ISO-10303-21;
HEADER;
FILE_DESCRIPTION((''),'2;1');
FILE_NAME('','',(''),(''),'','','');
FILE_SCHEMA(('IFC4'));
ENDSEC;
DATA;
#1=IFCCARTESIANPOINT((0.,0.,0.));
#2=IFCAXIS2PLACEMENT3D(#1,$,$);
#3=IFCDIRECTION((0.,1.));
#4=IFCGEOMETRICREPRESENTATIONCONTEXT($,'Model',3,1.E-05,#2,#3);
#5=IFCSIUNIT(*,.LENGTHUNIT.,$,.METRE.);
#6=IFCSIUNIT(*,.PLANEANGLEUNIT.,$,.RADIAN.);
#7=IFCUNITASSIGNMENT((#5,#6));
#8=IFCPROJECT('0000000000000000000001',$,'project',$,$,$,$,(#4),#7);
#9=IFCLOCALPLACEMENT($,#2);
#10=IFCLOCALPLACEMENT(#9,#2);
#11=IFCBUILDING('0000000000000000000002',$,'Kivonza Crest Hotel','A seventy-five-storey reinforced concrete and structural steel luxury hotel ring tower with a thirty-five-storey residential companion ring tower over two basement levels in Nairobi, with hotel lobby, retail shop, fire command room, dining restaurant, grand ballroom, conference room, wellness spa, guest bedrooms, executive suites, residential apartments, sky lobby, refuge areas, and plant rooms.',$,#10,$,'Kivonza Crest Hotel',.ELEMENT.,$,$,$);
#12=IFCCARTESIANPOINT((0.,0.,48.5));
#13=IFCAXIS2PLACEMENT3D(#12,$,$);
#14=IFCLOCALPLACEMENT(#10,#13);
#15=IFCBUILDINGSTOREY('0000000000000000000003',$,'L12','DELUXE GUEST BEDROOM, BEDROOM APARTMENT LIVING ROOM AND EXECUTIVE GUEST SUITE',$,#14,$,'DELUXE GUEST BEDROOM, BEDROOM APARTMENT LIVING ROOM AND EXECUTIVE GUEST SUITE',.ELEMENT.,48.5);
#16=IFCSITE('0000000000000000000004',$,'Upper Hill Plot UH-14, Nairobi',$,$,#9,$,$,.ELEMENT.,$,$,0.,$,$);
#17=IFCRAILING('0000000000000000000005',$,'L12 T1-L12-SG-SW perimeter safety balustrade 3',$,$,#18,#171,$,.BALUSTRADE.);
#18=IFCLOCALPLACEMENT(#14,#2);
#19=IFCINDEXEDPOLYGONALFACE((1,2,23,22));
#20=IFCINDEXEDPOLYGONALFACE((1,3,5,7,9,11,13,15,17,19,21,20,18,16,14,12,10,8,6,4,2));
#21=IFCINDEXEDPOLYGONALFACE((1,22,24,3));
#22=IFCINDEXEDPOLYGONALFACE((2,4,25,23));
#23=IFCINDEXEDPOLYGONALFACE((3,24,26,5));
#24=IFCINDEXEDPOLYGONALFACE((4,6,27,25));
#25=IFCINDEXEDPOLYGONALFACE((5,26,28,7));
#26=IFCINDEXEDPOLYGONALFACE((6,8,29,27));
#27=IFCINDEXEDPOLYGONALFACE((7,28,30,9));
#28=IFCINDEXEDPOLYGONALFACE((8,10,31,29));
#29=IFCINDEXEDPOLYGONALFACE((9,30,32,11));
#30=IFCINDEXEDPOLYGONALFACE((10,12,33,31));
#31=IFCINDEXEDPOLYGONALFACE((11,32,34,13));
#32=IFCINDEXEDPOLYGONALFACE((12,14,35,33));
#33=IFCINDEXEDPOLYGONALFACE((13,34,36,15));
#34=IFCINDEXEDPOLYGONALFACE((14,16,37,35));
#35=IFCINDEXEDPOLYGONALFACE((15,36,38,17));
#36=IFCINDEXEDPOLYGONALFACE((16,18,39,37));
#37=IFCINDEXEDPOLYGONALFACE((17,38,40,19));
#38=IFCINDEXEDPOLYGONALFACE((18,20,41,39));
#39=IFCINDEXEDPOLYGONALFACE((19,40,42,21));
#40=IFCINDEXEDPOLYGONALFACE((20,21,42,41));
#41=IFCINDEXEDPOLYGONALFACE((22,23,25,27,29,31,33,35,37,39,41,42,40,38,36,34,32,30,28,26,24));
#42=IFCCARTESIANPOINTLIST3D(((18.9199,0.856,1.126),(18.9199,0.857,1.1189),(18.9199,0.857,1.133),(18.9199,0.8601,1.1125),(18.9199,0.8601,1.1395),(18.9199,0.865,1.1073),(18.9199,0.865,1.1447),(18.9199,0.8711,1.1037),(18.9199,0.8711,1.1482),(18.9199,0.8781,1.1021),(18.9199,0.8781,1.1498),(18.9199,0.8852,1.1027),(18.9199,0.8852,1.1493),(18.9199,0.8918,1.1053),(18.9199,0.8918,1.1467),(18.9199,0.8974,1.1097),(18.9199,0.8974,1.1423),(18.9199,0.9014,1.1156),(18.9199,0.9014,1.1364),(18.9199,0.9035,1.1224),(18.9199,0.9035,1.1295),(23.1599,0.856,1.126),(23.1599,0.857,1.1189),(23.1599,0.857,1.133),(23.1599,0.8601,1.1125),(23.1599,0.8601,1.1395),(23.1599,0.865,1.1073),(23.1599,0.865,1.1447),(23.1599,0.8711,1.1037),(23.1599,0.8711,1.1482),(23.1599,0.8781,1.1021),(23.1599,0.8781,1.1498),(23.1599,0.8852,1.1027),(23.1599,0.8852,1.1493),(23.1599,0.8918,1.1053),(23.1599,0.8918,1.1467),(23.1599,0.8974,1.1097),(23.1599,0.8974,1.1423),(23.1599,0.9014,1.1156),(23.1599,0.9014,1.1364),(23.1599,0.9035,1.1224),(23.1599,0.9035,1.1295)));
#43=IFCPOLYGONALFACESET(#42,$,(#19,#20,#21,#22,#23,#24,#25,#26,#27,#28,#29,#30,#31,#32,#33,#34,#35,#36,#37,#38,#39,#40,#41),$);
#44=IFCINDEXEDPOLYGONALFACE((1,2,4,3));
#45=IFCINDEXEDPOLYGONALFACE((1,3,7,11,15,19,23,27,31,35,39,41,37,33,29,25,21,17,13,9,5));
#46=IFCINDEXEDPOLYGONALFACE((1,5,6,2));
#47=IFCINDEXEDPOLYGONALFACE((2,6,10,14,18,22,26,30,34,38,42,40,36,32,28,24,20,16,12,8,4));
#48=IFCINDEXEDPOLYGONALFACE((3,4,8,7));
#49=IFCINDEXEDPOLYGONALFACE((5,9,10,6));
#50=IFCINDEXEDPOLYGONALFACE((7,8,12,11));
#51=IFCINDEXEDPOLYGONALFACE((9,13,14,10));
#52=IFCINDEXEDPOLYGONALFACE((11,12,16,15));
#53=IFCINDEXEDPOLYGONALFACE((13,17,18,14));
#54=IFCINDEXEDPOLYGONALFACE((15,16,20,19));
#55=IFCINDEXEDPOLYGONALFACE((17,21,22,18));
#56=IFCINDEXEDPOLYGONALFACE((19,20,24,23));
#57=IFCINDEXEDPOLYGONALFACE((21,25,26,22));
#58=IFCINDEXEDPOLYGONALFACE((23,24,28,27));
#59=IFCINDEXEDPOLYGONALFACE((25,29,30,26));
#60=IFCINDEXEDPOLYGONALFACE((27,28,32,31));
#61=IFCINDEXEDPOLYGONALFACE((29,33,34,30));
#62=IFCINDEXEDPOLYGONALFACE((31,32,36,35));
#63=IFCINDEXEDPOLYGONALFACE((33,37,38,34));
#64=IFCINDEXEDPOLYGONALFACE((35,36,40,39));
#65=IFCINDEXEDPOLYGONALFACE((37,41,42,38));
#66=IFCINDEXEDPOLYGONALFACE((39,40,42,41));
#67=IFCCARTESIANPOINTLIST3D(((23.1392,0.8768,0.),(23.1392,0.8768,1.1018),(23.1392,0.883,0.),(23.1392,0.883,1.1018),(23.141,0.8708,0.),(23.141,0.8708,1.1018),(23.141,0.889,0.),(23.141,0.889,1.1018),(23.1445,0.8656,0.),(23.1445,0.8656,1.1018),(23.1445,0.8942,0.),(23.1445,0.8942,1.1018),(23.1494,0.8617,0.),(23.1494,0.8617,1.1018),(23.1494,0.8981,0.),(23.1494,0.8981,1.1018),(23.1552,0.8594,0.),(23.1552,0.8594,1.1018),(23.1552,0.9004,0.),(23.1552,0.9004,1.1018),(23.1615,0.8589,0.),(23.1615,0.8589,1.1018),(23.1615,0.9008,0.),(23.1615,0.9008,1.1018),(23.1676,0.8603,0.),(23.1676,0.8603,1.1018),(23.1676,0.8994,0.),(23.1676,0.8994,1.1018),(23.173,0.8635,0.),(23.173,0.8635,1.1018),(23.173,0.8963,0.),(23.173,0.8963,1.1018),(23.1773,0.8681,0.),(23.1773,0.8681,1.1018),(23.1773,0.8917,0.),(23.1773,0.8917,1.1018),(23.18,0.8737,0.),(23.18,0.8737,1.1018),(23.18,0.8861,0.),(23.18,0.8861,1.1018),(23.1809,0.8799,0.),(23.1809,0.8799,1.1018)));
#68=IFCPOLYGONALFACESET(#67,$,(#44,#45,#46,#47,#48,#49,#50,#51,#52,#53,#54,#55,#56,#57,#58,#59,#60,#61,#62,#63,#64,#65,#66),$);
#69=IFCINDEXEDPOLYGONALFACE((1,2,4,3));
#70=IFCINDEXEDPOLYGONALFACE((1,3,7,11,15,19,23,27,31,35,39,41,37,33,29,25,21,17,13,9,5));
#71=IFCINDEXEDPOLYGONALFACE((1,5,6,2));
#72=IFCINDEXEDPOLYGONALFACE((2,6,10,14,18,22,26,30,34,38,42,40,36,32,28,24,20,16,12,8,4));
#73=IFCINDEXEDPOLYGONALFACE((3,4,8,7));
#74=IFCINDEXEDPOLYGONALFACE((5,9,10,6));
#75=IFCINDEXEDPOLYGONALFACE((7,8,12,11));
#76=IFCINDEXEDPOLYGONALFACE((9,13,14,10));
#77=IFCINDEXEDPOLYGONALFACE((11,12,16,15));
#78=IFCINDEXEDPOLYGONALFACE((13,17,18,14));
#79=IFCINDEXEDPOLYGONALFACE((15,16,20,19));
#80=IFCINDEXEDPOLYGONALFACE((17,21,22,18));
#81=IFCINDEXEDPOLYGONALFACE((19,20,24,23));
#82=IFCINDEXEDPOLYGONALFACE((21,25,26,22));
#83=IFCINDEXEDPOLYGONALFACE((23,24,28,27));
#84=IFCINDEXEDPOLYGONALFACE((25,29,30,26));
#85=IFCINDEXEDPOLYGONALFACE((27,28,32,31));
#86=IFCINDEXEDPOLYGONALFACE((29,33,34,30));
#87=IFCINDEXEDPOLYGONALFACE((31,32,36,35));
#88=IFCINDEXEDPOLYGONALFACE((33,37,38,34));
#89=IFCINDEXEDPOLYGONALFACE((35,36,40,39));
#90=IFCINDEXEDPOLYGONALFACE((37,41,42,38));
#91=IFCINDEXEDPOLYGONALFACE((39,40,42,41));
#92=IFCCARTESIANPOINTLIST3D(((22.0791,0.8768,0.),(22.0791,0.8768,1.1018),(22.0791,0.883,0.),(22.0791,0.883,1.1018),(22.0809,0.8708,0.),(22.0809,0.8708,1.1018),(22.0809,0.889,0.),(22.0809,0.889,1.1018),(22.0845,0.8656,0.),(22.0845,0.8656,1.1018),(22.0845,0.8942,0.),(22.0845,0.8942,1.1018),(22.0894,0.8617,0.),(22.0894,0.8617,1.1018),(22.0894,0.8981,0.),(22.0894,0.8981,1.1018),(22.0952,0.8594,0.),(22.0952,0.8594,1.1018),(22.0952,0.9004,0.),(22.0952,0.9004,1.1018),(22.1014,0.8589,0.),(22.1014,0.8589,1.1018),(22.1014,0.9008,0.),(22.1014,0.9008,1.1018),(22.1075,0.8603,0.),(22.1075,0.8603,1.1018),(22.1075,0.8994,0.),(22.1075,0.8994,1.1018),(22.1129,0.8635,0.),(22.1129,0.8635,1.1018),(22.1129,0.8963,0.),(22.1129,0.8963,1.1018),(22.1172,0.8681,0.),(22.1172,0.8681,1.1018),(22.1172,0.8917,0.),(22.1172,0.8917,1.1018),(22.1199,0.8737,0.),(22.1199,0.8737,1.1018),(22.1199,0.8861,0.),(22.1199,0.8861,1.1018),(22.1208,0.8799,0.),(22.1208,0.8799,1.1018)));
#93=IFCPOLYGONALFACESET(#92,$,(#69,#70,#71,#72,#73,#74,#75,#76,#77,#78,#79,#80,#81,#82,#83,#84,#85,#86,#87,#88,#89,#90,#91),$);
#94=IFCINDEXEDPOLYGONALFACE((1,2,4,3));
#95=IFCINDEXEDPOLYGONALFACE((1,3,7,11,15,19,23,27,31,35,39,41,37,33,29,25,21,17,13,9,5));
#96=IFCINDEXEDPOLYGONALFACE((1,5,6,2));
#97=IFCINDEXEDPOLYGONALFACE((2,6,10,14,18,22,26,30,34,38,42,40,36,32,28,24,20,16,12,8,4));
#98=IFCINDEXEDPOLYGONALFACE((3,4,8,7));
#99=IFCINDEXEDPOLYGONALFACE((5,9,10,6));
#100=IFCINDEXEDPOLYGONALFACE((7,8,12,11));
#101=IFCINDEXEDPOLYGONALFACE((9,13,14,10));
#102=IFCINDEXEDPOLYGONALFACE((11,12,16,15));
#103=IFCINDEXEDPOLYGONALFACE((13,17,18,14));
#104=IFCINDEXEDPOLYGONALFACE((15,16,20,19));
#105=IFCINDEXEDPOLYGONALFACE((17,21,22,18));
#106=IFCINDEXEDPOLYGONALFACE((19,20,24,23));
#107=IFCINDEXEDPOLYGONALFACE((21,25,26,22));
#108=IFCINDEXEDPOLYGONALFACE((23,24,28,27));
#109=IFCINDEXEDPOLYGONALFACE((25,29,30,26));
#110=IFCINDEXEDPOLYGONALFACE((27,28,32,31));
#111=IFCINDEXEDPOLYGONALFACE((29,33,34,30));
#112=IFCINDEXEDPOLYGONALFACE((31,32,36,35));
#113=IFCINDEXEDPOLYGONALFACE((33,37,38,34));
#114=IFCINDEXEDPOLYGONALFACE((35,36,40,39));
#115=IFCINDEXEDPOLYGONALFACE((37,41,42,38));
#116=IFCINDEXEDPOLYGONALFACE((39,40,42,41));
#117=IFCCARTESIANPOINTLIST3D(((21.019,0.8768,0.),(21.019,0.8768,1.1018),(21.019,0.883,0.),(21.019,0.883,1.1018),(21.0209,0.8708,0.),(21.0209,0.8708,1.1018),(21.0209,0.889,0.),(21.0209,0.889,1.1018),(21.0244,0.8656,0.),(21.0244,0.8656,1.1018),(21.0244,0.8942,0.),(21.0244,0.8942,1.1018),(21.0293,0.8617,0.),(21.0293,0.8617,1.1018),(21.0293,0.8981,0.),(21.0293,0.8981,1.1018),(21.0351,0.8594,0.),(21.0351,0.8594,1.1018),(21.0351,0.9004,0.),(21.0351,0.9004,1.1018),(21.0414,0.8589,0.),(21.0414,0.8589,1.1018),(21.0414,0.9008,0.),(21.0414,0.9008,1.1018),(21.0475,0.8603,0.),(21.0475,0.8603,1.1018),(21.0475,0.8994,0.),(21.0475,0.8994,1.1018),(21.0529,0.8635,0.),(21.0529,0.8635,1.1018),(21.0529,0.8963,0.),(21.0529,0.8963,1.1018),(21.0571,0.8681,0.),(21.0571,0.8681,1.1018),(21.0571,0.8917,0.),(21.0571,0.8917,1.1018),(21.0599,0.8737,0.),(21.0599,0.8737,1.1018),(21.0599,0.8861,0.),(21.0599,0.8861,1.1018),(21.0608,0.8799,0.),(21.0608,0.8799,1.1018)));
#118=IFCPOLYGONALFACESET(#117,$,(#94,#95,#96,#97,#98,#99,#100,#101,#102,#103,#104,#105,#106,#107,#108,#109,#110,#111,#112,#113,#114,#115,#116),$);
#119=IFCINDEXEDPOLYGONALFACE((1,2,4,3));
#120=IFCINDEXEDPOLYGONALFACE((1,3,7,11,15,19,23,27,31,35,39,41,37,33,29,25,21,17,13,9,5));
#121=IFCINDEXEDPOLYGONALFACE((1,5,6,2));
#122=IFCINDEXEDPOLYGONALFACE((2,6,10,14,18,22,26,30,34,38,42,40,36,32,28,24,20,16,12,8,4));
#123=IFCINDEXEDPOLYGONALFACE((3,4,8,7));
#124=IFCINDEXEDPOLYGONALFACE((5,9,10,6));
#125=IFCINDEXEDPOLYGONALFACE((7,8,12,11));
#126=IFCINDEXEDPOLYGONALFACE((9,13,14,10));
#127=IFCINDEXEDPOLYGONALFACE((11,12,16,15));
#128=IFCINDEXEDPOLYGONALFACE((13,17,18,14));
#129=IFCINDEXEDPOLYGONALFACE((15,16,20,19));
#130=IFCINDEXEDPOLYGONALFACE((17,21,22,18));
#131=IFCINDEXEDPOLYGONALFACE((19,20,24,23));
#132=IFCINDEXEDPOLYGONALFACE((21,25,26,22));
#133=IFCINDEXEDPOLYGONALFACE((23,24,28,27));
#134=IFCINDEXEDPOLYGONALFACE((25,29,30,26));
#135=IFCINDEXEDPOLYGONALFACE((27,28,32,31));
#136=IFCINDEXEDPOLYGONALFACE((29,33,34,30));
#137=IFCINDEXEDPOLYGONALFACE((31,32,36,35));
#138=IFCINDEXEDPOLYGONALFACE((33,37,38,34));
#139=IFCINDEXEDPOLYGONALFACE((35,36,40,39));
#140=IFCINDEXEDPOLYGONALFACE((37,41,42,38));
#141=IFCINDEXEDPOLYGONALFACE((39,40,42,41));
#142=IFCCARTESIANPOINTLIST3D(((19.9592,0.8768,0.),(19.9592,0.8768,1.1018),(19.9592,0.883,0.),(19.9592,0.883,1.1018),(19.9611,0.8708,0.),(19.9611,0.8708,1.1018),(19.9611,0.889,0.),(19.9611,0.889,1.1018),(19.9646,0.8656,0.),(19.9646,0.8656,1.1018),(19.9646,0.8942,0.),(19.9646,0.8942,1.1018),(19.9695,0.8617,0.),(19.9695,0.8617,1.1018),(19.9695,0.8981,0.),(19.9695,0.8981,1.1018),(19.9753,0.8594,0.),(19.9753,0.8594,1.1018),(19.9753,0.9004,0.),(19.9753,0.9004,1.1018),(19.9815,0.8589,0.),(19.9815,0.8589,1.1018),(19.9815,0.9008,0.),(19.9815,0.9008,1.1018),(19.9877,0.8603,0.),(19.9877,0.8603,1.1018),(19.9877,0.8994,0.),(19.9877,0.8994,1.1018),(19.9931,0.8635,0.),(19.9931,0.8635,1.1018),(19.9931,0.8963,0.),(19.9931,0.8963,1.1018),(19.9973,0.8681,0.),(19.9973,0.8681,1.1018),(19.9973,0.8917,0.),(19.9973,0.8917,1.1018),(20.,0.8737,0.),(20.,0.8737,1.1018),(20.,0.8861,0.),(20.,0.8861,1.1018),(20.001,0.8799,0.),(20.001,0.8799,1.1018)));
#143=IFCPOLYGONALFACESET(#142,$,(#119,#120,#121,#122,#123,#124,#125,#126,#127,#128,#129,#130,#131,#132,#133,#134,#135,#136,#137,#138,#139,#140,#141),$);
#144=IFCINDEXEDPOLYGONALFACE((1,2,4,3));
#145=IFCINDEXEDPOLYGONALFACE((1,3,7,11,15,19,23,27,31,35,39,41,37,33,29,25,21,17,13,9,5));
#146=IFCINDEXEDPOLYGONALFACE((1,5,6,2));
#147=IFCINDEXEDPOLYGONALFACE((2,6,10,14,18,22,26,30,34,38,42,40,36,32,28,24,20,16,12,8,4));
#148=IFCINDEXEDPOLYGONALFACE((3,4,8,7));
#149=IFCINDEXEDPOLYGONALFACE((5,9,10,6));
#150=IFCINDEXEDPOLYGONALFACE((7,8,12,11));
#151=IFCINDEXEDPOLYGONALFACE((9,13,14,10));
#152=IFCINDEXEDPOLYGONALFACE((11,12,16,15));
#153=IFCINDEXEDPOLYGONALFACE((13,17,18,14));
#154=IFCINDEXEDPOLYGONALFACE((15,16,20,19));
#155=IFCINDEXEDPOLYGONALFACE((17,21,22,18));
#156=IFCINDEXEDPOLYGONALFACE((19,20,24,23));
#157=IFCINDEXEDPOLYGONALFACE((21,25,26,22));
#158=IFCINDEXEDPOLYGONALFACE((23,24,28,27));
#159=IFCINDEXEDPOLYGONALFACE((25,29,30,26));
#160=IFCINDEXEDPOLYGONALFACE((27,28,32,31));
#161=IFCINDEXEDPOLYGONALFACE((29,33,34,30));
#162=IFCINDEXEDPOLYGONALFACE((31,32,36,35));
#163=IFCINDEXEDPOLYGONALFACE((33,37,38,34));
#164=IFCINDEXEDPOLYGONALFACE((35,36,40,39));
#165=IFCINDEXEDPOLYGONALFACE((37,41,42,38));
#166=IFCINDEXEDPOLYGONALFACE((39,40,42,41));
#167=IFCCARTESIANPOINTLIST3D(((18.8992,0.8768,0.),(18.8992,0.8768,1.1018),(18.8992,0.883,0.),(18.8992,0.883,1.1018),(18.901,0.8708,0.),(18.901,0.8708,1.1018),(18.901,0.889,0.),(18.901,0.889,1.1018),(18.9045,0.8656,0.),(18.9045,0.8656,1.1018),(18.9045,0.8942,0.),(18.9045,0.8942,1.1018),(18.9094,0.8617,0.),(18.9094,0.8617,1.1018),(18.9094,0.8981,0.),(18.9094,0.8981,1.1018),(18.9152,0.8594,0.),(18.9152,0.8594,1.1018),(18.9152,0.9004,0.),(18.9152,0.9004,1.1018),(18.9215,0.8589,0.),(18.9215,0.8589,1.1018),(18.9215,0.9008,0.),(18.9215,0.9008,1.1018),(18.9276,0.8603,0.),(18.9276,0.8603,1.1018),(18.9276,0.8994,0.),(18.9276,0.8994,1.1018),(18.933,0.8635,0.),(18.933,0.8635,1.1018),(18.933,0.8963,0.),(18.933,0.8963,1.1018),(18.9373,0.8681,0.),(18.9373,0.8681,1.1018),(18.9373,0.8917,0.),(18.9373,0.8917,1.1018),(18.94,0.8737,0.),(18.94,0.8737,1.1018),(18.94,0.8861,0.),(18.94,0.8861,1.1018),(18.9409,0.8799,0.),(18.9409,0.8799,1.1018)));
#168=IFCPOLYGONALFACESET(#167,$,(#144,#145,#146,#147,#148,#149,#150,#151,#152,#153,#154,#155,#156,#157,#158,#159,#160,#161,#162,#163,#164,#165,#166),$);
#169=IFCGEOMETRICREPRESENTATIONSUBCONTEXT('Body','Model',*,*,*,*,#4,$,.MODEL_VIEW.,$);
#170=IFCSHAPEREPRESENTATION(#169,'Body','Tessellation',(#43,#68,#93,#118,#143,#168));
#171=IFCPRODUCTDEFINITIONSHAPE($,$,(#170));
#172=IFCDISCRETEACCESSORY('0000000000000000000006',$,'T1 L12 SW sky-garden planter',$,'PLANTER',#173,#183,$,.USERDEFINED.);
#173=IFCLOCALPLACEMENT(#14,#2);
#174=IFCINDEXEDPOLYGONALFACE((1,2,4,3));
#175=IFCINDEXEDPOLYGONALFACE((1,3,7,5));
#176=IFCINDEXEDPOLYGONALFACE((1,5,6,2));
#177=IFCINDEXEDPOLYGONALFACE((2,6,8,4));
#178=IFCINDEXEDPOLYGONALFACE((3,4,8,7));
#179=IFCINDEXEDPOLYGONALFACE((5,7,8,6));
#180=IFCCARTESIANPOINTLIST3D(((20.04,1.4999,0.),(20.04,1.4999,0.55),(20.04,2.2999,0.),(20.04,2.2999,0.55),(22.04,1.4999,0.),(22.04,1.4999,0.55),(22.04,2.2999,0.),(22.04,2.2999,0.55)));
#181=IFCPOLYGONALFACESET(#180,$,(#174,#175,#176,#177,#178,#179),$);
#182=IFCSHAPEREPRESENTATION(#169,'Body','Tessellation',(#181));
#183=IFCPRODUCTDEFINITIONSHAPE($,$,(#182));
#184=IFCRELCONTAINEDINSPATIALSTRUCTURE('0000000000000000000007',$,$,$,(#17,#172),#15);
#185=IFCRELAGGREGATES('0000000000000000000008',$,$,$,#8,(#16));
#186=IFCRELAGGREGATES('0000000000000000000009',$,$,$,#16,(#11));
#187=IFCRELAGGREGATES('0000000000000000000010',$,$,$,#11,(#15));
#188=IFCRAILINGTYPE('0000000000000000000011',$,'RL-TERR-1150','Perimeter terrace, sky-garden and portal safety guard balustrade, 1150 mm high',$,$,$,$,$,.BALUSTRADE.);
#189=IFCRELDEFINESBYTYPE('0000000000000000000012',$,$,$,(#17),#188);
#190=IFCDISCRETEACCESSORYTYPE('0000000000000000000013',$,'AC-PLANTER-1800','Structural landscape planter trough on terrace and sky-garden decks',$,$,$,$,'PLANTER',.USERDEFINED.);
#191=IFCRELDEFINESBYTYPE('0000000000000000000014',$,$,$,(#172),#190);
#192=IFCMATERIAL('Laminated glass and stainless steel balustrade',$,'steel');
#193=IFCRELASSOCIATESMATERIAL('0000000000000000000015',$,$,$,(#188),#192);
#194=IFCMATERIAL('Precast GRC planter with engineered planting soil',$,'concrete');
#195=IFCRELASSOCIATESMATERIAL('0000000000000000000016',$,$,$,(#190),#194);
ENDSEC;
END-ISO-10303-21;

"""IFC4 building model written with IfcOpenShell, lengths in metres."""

from ifc_helpers import new_model, si_unit, direction, frame, origin, origin_2d, place, context, subcontext, project, spatial, rectangle, circle, extrude, material, type_object, element, save


model = new_model("IFC4")

# Units and contexts
model_context = context("Model", 3, precision=1e-05, world=origin(), true_north=direction((0.0, 1.0)))
body_context = subcontext(model_context, "Body", "Model", "MODEL_VIEW")
ifc_project = project(units=[si_unit("LENGTHUNIT", "METRE"), si_unit("PLANEANGLEUNIT", "RADIAN")], contexts=[model_context])

# Site, building, storey
site_placement = place(None, origin())
site = spatial("IfcSite", under=ifc_project, at=site_placement, Name="Upper Hill Plot UH-14, Nairobi", CompositionType="ELEMENT", RefElevation=0.0)
building_placement = place(site_placement, origin())
building = spatial("IfcBuilding", under=site, at=building_placement, Name="Kivonza Crest Hotel", Description="A seventy-five-storey reinforced concrete and structural steel luxury hotel ring tower with a thirty-five-storey residential companion ring tower over two basement levels in Nairobi, with hotel lobby, retail shop, fire command room, dining restaurant, grand ballroom, conference room, wellness spa, guest bedrooms, executive suites, residential apartments, sky lobby, refuge areas, and plant rooms.", LongName="Kivonza Crest Hotel", CompositionType="ELEMENT")
storey_placement = place(building_placement, frame((0.0, 0.0, 48.5)))
storey = spatial("IfcBuildingStorey", under=building, at=storey_placement, Name="L12", Description="DELUXE GUEST BEDROOM, BEDROOM APARTMENT LIVING ROOM AND EXECUTIVE GUEST SUITE", LongName="DELUXE GUEST BEDROOM, BEDROOM APARTMENT LIVING ROOM AND EXECUTIVE GUEST SUITE", CompositionType="ELEMENT", Elevation=48.5)

# Railing
ifc_material_1 = material(Name="Laminated glass and stainless steel balustrade", Category="steel")
railing_type = type_object("IfcRailingType", Name="RL-TERR-1150", Description="Perimeter terrace, sky-garden and portal safety guard balustrade, 1150 mm high", PredefinedType="BALUSTRADE", material=ifc_material_1)
railing_1_placement = place(storey_placement, frame((23.1599, 0.8799, 0.0)))
element("IfcRailing", 1, at=railing_1_placement, inside=storey, type_object=railing_type, Name="L12 T1-L12-SG-SW perimeter safety balustrade 3", PredefinedType="BALUSTRADE", context=body_context, shape_type="SweptSolid", body=[
    extrude(circle(Radius=0.0239, at=origin_2d()), frame((0.0, 0.0, 1.126), z_axis=(-1.0, 0.0, 0.0), x_axis=(0.0, -1.0, 0.0)), (0.0, 0.0, 1.0), 4.24),
    extrude(circle(Radius=0.021, at=origin_2d()), origin(), (0.0, 0.0, 1.0), 1.1018),
    extrude(circle(Radius=0.021, at=origin_2d()), frame((-1.0601, 0.0, 0.0)), (0.0, 0.0, 1.0), 1.1018),
    extrude(circle(Radius=0.021, at=origin_2d()), frame((-2.1201, 0.0, 0.0)), (0.0, 0.0, 1.0), 1.1018),
    extrude(circle(Radius=0.021, at=origin_2d()), frame((-3.1799, 0.0, 0.0)), (0.0, 0.0, 1.0), 1.1018),
    extrude(circle(Radius=0.021, at=origin_2d()), frame((-4.24, 0.0, 0.0)), (0.0, 0.0, 1.0), 1.1018),
])

# Discrete accessory
ifc_material_2 = material(Name="Precast GRC planter with engineered planting soil", Category="concrete")
discrete_accessory_type = type_object("IfcDiscreteAccessoryType", Name="AC-PLANTER-1800", Description="Structural landscape planter trough on terrace and sky-garden decks", ElementType="PLANTER", PredefinedType="USERDEFINED", material=ifc_material_2)
discrete_accessory_placement = place(storey_placement, frame((21.04, 1.8999, 0.0), z_axis=(0.0, 0.0, 1.0), x_axis=(1.0, 0.0, 0.0)))
element("IfcDiscreteAccessory", 2, at=discrete_accessory_placement, inside=storey, type_object=discrete_accessory_type, Name="T1 L12 SW sky-garden planter", ObjectType="PLANTER", PredefinedType="USERDEFINED", context=body_context, shape_type="SweptSolid", body=[
    extrude(rectangle(XDim=2.0, YDim=0.8, at=origin_2d()), origin(), (0.0, 0.0, 1.0), 0.55),
])

save(model, "model.ifc")
